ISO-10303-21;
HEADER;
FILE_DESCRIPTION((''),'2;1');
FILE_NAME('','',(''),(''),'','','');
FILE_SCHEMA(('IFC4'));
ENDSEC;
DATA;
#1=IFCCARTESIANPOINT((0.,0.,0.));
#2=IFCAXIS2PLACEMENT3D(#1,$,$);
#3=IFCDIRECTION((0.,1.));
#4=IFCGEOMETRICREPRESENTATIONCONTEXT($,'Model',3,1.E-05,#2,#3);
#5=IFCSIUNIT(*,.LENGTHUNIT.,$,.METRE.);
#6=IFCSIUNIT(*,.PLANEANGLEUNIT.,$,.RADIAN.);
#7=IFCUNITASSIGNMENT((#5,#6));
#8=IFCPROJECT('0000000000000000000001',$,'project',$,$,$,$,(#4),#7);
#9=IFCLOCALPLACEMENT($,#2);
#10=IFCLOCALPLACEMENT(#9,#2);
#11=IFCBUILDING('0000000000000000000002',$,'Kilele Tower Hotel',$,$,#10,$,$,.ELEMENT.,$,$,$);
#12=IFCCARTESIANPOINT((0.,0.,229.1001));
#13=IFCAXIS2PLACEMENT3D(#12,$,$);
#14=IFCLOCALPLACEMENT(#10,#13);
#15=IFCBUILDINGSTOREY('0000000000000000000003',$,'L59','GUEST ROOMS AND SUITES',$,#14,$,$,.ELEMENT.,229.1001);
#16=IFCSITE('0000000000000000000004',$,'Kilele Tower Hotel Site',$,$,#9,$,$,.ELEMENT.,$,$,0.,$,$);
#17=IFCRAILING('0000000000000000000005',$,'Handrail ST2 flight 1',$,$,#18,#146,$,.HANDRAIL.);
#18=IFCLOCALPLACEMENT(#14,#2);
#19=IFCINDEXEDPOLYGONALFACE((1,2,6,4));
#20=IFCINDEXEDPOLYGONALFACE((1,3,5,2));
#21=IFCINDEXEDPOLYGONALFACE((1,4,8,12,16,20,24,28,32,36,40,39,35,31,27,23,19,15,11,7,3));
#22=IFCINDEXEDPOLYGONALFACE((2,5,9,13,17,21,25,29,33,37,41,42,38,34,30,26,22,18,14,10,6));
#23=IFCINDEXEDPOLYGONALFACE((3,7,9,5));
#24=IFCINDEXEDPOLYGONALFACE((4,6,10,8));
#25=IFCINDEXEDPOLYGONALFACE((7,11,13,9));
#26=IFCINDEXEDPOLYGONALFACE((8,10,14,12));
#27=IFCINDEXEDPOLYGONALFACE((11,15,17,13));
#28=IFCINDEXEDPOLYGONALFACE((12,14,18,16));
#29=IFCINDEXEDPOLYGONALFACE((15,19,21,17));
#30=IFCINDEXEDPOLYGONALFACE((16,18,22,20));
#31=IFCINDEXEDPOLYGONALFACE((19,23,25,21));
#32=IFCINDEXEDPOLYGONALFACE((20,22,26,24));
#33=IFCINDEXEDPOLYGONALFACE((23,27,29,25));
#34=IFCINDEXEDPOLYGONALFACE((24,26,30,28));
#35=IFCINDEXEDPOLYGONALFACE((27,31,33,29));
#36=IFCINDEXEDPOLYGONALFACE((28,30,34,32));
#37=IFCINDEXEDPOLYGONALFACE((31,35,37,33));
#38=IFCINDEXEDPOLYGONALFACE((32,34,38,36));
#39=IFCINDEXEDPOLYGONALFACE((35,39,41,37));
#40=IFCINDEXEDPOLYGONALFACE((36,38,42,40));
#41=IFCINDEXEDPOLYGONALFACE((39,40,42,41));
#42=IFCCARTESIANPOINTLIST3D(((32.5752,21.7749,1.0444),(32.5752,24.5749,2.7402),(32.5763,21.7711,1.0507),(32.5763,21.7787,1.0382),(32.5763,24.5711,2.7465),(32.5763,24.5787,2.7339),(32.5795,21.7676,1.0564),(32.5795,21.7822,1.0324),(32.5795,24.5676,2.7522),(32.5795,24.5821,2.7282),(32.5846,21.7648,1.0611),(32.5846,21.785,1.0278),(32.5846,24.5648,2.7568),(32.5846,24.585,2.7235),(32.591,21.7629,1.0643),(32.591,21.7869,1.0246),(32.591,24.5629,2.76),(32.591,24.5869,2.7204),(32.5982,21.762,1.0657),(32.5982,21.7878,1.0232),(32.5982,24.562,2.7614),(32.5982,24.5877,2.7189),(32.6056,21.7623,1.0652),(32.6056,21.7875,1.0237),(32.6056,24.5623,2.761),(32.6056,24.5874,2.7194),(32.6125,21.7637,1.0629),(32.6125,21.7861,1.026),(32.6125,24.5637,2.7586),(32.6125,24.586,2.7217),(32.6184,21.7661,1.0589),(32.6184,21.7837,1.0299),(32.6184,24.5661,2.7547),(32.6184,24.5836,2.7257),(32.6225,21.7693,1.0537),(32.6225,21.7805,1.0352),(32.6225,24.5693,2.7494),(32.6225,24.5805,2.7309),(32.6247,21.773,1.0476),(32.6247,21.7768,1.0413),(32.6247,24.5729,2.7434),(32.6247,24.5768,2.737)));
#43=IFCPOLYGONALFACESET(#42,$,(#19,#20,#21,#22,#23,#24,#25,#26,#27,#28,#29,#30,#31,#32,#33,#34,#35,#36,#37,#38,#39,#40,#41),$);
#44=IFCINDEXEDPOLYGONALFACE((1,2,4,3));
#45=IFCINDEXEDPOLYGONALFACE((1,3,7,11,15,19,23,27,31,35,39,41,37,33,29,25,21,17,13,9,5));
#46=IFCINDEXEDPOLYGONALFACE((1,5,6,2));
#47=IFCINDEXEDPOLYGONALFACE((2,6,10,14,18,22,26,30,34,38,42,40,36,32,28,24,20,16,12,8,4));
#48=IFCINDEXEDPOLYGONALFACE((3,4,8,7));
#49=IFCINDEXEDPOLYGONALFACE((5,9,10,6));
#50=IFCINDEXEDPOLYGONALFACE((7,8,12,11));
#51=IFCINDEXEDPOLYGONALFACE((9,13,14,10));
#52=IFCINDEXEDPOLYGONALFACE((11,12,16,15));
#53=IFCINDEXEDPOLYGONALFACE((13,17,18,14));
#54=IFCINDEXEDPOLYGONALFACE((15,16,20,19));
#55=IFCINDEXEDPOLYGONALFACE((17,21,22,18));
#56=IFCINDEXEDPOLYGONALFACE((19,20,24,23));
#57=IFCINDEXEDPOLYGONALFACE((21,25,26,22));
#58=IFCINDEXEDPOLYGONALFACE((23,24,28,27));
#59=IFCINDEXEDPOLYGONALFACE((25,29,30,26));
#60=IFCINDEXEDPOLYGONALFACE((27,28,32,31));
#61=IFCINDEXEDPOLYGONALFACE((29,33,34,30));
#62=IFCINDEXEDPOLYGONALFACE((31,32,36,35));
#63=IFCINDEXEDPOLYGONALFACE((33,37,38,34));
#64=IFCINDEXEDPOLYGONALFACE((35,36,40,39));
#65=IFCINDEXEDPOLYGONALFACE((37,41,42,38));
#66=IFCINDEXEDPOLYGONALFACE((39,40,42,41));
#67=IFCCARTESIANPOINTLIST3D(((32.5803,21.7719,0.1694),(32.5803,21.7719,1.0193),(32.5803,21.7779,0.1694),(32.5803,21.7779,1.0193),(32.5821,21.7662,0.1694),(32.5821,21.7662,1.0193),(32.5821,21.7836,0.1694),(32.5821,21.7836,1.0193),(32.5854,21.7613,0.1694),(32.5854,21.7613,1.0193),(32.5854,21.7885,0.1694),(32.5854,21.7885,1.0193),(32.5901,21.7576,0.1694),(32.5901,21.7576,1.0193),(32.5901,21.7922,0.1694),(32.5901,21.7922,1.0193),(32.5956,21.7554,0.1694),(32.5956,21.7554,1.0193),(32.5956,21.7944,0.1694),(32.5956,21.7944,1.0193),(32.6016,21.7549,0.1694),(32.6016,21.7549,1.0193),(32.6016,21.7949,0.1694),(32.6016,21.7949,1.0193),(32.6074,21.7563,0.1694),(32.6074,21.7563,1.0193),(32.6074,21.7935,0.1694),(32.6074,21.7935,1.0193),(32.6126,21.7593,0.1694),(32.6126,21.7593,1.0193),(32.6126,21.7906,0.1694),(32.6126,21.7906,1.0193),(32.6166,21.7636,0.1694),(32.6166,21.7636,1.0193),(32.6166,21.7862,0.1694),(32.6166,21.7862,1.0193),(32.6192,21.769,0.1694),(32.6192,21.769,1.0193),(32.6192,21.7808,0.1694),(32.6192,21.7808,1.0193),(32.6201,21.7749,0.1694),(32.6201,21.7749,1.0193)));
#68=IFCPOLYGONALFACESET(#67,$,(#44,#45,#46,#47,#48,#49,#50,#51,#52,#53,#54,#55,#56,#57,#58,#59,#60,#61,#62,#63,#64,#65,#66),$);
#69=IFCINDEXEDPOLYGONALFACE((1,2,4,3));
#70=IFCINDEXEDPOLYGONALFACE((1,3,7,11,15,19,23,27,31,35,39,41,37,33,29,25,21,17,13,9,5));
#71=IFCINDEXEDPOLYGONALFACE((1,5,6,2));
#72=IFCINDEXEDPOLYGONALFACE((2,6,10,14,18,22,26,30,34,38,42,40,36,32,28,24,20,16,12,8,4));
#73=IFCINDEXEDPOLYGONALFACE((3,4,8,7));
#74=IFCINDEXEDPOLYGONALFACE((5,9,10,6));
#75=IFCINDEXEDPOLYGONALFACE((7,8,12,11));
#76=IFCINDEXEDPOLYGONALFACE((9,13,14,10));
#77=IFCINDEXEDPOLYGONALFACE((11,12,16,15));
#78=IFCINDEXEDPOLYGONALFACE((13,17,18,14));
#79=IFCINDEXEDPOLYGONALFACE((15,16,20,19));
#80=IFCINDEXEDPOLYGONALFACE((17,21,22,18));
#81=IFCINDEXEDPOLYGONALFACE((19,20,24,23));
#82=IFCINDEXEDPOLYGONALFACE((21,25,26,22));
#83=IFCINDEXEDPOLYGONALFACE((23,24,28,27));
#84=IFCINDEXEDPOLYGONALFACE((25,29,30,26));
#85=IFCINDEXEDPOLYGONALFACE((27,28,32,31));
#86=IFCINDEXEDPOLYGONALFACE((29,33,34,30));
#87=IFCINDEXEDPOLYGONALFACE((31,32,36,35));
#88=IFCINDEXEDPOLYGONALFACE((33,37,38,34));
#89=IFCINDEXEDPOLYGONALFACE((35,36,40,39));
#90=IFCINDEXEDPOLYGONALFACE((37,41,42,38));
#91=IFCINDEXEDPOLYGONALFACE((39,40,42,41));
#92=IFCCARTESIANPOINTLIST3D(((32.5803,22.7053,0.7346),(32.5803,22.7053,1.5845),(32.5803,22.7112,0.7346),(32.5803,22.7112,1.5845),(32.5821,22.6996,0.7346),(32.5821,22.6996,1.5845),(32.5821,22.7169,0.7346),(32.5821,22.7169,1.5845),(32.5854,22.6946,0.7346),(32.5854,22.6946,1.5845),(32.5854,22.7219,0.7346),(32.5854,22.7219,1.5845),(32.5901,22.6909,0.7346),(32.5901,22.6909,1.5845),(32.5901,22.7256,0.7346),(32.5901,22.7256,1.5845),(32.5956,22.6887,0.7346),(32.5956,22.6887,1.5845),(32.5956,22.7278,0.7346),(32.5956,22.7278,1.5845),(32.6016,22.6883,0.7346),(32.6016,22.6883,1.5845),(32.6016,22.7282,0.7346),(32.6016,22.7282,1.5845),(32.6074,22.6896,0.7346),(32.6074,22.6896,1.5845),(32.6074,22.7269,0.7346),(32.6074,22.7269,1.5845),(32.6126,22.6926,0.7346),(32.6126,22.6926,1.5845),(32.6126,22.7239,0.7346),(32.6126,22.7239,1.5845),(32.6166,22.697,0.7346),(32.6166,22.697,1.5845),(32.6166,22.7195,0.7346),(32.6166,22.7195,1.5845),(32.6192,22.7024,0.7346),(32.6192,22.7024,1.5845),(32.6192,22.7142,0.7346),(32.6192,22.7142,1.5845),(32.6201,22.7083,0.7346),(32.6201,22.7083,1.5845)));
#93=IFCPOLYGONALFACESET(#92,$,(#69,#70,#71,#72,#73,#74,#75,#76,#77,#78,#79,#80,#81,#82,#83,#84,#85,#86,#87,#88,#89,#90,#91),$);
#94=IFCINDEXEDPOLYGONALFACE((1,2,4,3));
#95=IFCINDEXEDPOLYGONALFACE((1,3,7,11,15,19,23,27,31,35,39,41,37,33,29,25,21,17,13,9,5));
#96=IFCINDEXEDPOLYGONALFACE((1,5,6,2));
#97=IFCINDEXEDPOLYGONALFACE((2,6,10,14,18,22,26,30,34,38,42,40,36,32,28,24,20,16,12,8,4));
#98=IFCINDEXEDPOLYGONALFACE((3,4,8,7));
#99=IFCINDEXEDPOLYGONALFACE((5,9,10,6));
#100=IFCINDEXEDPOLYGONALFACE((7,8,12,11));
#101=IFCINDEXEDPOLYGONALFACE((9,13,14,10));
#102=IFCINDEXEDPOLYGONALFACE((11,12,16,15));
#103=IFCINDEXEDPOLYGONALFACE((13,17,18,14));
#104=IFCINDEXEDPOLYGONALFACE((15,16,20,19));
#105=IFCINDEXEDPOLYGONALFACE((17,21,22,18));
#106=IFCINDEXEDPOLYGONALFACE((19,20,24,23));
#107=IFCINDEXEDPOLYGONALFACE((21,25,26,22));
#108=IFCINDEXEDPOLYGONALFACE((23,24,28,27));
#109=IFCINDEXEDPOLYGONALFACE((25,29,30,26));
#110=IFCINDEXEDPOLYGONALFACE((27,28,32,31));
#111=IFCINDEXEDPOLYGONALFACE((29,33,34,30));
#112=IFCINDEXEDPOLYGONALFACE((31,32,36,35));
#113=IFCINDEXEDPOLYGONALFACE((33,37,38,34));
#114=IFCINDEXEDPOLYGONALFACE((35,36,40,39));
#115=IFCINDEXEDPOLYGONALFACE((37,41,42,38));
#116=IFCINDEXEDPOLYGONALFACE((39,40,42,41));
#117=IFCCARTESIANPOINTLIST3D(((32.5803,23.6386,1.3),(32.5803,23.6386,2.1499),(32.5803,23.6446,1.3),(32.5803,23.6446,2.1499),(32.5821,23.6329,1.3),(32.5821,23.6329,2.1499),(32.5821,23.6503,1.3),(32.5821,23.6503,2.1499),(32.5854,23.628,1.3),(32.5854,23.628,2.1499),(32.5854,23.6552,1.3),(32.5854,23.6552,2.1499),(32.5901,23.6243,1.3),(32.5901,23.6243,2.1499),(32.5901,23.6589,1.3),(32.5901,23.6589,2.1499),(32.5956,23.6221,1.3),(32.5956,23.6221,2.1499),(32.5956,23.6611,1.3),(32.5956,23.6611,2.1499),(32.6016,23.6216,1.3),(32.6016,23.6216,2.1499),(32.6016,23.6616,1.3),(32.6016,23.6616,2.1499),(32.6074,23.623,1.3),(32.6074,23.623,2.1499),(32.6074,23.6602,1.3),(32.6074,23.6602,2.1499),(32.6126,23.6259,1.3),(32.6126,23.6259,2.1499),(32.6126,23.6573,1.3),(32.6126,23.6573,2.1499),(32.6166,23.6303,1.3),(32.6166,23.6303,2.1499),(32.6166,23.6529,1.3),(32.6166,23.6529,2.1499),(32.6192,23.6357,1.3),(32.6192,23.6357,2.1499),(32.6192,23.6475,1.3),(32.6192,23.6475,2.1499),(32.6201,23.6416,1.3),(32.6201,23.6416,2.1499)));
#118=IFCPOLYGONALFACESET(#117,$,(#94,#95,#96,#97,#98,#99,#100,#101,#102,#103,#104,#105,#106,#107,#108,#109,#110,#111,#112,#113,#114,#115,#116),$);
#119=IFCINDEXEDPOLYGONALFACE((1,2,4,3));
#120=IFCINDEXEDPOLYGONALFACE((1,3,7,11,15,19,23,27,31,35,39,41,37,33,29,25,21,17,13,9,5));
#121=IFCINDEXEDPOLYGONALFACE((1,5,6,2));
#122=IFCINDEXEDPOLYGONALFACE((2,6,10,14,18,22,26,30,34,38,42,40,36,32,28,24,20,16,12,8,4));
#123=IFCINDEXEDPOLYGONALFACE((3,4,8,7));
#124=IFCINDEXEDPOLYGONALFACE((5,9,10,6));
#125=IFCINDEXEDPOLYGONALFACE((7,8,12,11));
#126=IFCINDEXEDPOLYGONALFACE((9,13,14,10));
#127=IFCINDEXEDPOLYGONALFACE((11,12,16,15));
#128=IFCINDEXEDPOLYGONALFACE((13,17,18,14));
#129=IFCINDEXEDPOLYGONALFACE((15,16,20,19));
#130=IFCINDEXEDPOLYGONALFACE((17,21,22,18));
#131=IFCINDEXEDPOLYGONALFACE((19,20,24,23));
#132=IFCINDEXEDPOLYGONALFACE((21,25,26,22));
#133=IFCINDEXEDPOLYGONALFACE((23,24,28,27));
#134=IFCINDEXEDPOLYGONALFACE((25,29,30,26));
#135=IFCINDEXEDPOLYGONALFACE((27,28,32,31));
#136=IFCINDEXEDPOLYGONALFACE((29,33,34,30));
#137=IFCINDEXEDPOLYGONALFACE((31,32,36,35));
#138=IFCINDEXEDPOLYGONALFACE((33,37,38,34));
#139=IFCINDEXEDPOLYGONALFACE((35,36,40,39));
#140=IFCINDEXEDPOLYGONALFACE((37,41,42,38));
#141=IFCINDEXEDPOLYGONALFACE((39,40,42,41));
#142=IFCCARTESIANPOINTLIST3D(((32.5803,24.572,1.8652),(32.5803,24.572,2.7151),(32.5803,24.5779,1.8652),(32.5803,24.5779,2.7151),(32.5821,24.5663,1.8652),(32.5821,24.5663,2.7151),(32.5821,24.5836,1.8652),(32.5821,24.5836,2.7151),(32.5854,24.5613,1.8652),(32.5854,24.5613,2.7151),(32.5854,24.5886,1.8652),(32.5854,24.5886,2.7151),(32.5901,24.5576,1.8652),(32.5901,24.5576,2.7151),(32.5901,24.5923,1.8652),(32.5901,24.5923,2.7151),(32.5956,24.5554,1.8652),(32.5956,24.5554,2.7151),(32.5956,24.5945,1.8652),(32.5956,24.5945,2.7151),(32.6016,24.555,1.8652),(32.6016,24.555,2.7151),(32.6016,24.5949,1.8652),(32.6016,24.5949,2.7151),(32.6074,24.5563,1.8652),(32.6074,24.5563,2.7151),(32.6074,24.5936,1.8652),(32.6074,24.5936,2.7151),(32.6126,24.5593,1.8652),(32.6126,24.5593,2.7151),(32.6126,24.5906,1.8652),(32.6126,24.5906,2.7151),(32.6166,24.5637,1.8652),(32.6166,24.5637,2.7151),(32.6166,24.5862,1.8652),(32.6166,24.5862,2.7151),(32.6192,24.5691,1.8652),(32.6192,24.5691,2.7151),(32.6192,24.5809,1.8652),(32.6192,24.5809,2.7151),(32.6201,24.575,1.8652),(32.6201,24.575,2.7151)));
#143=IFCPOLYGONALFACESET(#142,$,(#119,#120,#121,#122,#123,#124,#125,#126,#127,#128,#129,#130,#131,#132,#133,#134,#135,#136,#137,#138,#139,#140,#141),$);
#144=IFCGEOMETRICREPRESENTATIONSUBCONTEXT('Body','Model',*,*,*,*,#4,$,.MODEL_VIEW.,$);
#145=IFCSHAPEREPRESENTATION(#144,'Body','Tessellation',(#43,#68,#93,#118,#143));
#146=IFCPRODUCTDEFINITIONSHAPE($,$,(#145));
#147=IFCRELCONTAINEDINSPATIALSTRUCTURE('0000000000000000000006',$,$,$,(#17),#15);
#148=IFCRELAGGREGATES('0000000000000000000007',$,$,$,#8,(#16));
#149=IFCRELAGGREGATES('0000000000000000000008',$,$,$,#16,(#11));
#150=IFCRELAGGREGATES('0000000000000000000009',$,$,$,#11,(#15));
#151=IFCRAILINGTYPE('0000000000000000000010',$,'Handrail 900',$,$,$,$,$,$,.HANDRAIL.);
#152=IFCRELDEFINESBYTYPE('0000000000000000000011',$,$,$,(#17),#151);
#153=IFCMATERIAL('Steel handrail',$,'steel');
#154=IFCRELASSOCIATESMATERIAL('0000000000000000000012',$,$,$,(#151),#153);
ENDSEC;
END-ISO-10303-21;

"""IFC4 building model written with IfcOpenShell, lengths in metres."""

from ifc_helpers import new_model, si_unit, direction, frame, origin, origin_2d, place, context, subcontext, project, spatial, circle, extrude, material, type_object, element, save


model = new_model("IFC4")

# Units and contexts
model_context = context("Model", 3, precision=1e-05, world=origin(), true_north=direction((0.0, 1.0)))
body_context = subcontext(model_context, "Body", "Model", "MODEL_VIEW")
ifc_project = project(units=[si_unit("LENGTHUNIT", "METRE"), si_unit("PLANEANGLEUNIT", "RADIAN")], contexts=[model_context])

# Site, building, storey
site_placement = place(None, origin())
site = spatial("IfcSite", under=ifc_project, at=site_placement, Name="Kilele Tower Hotel Site", CompositionType="ELEMENT", RefElevation=0.0)
building_placement = place(site_placement, origin())
building = spatial("IfcBuilding", under=site, at=building_placement, Name="Kilele Tower Hotel", CompositionType="ELEMENT")
storey_placement = place(building_placement, frame((0.0, 0.0, 229.1001)))
storey = spatial("IfcBuildingStorey", under=building, at=storey_placement, Name="L59", Description="GUEST ROOMS AND SUITES", CompositionType="ELEMENT", Elevation=229.1001)

# Railing
ifc_material_1 = material(Name="Steel handrail", Category="steel")
railing_type_1 = type_object("IfcRailingType", Name="Handrail 900", PredefinedType="HANDRAIL", material=ifc_material_1)
for number, where, name in (
    (1, (32.6001, 21.7749, 0.1694), "Handrail ST2 flight 1"),
):
    element("IfcRailing", number, at=place(storey_placement, frame(where)), inside=storey, type_object=railing_type_1, Name=name, PredefinedType="HANDRAIL", context=body_context, shape_type="SweptSolid", body=[
        extrude(circle(Radius=0.0249, at=origin_2d()), frame((0.0, 0.0, 0.875), z_axis=(0.0, 0.85536, 0.518034), x_axis=(-1.0, 0.0, 0.0)), (0.0, 0.0, 1.0), 3.2734),
        extrude(circle(Radius=0.02, at=origin_2d()), origin(), (0.0, 0.0, 1.0), 0.8499),
        extrude(circle(Radius=0.02, at=origin_2d()), frame((0.0, 0.9333, 0.5652)), (0.0, 0.0, 1.0), 0.8499),
        extrude(circle(Radius=0.02, at=origin_2d()), frame((0.0, 1.8667, 1.1306)), (0.0, 0.0, 1.0), 0.8499),
        extrude(circle(Radius=0.02, at=origin_2d()), frame((0.0, 2.8, 1.6958)), (0.0, 0.0, 1.0), 0.8499),
    ])

save(model, "model.ifc")
